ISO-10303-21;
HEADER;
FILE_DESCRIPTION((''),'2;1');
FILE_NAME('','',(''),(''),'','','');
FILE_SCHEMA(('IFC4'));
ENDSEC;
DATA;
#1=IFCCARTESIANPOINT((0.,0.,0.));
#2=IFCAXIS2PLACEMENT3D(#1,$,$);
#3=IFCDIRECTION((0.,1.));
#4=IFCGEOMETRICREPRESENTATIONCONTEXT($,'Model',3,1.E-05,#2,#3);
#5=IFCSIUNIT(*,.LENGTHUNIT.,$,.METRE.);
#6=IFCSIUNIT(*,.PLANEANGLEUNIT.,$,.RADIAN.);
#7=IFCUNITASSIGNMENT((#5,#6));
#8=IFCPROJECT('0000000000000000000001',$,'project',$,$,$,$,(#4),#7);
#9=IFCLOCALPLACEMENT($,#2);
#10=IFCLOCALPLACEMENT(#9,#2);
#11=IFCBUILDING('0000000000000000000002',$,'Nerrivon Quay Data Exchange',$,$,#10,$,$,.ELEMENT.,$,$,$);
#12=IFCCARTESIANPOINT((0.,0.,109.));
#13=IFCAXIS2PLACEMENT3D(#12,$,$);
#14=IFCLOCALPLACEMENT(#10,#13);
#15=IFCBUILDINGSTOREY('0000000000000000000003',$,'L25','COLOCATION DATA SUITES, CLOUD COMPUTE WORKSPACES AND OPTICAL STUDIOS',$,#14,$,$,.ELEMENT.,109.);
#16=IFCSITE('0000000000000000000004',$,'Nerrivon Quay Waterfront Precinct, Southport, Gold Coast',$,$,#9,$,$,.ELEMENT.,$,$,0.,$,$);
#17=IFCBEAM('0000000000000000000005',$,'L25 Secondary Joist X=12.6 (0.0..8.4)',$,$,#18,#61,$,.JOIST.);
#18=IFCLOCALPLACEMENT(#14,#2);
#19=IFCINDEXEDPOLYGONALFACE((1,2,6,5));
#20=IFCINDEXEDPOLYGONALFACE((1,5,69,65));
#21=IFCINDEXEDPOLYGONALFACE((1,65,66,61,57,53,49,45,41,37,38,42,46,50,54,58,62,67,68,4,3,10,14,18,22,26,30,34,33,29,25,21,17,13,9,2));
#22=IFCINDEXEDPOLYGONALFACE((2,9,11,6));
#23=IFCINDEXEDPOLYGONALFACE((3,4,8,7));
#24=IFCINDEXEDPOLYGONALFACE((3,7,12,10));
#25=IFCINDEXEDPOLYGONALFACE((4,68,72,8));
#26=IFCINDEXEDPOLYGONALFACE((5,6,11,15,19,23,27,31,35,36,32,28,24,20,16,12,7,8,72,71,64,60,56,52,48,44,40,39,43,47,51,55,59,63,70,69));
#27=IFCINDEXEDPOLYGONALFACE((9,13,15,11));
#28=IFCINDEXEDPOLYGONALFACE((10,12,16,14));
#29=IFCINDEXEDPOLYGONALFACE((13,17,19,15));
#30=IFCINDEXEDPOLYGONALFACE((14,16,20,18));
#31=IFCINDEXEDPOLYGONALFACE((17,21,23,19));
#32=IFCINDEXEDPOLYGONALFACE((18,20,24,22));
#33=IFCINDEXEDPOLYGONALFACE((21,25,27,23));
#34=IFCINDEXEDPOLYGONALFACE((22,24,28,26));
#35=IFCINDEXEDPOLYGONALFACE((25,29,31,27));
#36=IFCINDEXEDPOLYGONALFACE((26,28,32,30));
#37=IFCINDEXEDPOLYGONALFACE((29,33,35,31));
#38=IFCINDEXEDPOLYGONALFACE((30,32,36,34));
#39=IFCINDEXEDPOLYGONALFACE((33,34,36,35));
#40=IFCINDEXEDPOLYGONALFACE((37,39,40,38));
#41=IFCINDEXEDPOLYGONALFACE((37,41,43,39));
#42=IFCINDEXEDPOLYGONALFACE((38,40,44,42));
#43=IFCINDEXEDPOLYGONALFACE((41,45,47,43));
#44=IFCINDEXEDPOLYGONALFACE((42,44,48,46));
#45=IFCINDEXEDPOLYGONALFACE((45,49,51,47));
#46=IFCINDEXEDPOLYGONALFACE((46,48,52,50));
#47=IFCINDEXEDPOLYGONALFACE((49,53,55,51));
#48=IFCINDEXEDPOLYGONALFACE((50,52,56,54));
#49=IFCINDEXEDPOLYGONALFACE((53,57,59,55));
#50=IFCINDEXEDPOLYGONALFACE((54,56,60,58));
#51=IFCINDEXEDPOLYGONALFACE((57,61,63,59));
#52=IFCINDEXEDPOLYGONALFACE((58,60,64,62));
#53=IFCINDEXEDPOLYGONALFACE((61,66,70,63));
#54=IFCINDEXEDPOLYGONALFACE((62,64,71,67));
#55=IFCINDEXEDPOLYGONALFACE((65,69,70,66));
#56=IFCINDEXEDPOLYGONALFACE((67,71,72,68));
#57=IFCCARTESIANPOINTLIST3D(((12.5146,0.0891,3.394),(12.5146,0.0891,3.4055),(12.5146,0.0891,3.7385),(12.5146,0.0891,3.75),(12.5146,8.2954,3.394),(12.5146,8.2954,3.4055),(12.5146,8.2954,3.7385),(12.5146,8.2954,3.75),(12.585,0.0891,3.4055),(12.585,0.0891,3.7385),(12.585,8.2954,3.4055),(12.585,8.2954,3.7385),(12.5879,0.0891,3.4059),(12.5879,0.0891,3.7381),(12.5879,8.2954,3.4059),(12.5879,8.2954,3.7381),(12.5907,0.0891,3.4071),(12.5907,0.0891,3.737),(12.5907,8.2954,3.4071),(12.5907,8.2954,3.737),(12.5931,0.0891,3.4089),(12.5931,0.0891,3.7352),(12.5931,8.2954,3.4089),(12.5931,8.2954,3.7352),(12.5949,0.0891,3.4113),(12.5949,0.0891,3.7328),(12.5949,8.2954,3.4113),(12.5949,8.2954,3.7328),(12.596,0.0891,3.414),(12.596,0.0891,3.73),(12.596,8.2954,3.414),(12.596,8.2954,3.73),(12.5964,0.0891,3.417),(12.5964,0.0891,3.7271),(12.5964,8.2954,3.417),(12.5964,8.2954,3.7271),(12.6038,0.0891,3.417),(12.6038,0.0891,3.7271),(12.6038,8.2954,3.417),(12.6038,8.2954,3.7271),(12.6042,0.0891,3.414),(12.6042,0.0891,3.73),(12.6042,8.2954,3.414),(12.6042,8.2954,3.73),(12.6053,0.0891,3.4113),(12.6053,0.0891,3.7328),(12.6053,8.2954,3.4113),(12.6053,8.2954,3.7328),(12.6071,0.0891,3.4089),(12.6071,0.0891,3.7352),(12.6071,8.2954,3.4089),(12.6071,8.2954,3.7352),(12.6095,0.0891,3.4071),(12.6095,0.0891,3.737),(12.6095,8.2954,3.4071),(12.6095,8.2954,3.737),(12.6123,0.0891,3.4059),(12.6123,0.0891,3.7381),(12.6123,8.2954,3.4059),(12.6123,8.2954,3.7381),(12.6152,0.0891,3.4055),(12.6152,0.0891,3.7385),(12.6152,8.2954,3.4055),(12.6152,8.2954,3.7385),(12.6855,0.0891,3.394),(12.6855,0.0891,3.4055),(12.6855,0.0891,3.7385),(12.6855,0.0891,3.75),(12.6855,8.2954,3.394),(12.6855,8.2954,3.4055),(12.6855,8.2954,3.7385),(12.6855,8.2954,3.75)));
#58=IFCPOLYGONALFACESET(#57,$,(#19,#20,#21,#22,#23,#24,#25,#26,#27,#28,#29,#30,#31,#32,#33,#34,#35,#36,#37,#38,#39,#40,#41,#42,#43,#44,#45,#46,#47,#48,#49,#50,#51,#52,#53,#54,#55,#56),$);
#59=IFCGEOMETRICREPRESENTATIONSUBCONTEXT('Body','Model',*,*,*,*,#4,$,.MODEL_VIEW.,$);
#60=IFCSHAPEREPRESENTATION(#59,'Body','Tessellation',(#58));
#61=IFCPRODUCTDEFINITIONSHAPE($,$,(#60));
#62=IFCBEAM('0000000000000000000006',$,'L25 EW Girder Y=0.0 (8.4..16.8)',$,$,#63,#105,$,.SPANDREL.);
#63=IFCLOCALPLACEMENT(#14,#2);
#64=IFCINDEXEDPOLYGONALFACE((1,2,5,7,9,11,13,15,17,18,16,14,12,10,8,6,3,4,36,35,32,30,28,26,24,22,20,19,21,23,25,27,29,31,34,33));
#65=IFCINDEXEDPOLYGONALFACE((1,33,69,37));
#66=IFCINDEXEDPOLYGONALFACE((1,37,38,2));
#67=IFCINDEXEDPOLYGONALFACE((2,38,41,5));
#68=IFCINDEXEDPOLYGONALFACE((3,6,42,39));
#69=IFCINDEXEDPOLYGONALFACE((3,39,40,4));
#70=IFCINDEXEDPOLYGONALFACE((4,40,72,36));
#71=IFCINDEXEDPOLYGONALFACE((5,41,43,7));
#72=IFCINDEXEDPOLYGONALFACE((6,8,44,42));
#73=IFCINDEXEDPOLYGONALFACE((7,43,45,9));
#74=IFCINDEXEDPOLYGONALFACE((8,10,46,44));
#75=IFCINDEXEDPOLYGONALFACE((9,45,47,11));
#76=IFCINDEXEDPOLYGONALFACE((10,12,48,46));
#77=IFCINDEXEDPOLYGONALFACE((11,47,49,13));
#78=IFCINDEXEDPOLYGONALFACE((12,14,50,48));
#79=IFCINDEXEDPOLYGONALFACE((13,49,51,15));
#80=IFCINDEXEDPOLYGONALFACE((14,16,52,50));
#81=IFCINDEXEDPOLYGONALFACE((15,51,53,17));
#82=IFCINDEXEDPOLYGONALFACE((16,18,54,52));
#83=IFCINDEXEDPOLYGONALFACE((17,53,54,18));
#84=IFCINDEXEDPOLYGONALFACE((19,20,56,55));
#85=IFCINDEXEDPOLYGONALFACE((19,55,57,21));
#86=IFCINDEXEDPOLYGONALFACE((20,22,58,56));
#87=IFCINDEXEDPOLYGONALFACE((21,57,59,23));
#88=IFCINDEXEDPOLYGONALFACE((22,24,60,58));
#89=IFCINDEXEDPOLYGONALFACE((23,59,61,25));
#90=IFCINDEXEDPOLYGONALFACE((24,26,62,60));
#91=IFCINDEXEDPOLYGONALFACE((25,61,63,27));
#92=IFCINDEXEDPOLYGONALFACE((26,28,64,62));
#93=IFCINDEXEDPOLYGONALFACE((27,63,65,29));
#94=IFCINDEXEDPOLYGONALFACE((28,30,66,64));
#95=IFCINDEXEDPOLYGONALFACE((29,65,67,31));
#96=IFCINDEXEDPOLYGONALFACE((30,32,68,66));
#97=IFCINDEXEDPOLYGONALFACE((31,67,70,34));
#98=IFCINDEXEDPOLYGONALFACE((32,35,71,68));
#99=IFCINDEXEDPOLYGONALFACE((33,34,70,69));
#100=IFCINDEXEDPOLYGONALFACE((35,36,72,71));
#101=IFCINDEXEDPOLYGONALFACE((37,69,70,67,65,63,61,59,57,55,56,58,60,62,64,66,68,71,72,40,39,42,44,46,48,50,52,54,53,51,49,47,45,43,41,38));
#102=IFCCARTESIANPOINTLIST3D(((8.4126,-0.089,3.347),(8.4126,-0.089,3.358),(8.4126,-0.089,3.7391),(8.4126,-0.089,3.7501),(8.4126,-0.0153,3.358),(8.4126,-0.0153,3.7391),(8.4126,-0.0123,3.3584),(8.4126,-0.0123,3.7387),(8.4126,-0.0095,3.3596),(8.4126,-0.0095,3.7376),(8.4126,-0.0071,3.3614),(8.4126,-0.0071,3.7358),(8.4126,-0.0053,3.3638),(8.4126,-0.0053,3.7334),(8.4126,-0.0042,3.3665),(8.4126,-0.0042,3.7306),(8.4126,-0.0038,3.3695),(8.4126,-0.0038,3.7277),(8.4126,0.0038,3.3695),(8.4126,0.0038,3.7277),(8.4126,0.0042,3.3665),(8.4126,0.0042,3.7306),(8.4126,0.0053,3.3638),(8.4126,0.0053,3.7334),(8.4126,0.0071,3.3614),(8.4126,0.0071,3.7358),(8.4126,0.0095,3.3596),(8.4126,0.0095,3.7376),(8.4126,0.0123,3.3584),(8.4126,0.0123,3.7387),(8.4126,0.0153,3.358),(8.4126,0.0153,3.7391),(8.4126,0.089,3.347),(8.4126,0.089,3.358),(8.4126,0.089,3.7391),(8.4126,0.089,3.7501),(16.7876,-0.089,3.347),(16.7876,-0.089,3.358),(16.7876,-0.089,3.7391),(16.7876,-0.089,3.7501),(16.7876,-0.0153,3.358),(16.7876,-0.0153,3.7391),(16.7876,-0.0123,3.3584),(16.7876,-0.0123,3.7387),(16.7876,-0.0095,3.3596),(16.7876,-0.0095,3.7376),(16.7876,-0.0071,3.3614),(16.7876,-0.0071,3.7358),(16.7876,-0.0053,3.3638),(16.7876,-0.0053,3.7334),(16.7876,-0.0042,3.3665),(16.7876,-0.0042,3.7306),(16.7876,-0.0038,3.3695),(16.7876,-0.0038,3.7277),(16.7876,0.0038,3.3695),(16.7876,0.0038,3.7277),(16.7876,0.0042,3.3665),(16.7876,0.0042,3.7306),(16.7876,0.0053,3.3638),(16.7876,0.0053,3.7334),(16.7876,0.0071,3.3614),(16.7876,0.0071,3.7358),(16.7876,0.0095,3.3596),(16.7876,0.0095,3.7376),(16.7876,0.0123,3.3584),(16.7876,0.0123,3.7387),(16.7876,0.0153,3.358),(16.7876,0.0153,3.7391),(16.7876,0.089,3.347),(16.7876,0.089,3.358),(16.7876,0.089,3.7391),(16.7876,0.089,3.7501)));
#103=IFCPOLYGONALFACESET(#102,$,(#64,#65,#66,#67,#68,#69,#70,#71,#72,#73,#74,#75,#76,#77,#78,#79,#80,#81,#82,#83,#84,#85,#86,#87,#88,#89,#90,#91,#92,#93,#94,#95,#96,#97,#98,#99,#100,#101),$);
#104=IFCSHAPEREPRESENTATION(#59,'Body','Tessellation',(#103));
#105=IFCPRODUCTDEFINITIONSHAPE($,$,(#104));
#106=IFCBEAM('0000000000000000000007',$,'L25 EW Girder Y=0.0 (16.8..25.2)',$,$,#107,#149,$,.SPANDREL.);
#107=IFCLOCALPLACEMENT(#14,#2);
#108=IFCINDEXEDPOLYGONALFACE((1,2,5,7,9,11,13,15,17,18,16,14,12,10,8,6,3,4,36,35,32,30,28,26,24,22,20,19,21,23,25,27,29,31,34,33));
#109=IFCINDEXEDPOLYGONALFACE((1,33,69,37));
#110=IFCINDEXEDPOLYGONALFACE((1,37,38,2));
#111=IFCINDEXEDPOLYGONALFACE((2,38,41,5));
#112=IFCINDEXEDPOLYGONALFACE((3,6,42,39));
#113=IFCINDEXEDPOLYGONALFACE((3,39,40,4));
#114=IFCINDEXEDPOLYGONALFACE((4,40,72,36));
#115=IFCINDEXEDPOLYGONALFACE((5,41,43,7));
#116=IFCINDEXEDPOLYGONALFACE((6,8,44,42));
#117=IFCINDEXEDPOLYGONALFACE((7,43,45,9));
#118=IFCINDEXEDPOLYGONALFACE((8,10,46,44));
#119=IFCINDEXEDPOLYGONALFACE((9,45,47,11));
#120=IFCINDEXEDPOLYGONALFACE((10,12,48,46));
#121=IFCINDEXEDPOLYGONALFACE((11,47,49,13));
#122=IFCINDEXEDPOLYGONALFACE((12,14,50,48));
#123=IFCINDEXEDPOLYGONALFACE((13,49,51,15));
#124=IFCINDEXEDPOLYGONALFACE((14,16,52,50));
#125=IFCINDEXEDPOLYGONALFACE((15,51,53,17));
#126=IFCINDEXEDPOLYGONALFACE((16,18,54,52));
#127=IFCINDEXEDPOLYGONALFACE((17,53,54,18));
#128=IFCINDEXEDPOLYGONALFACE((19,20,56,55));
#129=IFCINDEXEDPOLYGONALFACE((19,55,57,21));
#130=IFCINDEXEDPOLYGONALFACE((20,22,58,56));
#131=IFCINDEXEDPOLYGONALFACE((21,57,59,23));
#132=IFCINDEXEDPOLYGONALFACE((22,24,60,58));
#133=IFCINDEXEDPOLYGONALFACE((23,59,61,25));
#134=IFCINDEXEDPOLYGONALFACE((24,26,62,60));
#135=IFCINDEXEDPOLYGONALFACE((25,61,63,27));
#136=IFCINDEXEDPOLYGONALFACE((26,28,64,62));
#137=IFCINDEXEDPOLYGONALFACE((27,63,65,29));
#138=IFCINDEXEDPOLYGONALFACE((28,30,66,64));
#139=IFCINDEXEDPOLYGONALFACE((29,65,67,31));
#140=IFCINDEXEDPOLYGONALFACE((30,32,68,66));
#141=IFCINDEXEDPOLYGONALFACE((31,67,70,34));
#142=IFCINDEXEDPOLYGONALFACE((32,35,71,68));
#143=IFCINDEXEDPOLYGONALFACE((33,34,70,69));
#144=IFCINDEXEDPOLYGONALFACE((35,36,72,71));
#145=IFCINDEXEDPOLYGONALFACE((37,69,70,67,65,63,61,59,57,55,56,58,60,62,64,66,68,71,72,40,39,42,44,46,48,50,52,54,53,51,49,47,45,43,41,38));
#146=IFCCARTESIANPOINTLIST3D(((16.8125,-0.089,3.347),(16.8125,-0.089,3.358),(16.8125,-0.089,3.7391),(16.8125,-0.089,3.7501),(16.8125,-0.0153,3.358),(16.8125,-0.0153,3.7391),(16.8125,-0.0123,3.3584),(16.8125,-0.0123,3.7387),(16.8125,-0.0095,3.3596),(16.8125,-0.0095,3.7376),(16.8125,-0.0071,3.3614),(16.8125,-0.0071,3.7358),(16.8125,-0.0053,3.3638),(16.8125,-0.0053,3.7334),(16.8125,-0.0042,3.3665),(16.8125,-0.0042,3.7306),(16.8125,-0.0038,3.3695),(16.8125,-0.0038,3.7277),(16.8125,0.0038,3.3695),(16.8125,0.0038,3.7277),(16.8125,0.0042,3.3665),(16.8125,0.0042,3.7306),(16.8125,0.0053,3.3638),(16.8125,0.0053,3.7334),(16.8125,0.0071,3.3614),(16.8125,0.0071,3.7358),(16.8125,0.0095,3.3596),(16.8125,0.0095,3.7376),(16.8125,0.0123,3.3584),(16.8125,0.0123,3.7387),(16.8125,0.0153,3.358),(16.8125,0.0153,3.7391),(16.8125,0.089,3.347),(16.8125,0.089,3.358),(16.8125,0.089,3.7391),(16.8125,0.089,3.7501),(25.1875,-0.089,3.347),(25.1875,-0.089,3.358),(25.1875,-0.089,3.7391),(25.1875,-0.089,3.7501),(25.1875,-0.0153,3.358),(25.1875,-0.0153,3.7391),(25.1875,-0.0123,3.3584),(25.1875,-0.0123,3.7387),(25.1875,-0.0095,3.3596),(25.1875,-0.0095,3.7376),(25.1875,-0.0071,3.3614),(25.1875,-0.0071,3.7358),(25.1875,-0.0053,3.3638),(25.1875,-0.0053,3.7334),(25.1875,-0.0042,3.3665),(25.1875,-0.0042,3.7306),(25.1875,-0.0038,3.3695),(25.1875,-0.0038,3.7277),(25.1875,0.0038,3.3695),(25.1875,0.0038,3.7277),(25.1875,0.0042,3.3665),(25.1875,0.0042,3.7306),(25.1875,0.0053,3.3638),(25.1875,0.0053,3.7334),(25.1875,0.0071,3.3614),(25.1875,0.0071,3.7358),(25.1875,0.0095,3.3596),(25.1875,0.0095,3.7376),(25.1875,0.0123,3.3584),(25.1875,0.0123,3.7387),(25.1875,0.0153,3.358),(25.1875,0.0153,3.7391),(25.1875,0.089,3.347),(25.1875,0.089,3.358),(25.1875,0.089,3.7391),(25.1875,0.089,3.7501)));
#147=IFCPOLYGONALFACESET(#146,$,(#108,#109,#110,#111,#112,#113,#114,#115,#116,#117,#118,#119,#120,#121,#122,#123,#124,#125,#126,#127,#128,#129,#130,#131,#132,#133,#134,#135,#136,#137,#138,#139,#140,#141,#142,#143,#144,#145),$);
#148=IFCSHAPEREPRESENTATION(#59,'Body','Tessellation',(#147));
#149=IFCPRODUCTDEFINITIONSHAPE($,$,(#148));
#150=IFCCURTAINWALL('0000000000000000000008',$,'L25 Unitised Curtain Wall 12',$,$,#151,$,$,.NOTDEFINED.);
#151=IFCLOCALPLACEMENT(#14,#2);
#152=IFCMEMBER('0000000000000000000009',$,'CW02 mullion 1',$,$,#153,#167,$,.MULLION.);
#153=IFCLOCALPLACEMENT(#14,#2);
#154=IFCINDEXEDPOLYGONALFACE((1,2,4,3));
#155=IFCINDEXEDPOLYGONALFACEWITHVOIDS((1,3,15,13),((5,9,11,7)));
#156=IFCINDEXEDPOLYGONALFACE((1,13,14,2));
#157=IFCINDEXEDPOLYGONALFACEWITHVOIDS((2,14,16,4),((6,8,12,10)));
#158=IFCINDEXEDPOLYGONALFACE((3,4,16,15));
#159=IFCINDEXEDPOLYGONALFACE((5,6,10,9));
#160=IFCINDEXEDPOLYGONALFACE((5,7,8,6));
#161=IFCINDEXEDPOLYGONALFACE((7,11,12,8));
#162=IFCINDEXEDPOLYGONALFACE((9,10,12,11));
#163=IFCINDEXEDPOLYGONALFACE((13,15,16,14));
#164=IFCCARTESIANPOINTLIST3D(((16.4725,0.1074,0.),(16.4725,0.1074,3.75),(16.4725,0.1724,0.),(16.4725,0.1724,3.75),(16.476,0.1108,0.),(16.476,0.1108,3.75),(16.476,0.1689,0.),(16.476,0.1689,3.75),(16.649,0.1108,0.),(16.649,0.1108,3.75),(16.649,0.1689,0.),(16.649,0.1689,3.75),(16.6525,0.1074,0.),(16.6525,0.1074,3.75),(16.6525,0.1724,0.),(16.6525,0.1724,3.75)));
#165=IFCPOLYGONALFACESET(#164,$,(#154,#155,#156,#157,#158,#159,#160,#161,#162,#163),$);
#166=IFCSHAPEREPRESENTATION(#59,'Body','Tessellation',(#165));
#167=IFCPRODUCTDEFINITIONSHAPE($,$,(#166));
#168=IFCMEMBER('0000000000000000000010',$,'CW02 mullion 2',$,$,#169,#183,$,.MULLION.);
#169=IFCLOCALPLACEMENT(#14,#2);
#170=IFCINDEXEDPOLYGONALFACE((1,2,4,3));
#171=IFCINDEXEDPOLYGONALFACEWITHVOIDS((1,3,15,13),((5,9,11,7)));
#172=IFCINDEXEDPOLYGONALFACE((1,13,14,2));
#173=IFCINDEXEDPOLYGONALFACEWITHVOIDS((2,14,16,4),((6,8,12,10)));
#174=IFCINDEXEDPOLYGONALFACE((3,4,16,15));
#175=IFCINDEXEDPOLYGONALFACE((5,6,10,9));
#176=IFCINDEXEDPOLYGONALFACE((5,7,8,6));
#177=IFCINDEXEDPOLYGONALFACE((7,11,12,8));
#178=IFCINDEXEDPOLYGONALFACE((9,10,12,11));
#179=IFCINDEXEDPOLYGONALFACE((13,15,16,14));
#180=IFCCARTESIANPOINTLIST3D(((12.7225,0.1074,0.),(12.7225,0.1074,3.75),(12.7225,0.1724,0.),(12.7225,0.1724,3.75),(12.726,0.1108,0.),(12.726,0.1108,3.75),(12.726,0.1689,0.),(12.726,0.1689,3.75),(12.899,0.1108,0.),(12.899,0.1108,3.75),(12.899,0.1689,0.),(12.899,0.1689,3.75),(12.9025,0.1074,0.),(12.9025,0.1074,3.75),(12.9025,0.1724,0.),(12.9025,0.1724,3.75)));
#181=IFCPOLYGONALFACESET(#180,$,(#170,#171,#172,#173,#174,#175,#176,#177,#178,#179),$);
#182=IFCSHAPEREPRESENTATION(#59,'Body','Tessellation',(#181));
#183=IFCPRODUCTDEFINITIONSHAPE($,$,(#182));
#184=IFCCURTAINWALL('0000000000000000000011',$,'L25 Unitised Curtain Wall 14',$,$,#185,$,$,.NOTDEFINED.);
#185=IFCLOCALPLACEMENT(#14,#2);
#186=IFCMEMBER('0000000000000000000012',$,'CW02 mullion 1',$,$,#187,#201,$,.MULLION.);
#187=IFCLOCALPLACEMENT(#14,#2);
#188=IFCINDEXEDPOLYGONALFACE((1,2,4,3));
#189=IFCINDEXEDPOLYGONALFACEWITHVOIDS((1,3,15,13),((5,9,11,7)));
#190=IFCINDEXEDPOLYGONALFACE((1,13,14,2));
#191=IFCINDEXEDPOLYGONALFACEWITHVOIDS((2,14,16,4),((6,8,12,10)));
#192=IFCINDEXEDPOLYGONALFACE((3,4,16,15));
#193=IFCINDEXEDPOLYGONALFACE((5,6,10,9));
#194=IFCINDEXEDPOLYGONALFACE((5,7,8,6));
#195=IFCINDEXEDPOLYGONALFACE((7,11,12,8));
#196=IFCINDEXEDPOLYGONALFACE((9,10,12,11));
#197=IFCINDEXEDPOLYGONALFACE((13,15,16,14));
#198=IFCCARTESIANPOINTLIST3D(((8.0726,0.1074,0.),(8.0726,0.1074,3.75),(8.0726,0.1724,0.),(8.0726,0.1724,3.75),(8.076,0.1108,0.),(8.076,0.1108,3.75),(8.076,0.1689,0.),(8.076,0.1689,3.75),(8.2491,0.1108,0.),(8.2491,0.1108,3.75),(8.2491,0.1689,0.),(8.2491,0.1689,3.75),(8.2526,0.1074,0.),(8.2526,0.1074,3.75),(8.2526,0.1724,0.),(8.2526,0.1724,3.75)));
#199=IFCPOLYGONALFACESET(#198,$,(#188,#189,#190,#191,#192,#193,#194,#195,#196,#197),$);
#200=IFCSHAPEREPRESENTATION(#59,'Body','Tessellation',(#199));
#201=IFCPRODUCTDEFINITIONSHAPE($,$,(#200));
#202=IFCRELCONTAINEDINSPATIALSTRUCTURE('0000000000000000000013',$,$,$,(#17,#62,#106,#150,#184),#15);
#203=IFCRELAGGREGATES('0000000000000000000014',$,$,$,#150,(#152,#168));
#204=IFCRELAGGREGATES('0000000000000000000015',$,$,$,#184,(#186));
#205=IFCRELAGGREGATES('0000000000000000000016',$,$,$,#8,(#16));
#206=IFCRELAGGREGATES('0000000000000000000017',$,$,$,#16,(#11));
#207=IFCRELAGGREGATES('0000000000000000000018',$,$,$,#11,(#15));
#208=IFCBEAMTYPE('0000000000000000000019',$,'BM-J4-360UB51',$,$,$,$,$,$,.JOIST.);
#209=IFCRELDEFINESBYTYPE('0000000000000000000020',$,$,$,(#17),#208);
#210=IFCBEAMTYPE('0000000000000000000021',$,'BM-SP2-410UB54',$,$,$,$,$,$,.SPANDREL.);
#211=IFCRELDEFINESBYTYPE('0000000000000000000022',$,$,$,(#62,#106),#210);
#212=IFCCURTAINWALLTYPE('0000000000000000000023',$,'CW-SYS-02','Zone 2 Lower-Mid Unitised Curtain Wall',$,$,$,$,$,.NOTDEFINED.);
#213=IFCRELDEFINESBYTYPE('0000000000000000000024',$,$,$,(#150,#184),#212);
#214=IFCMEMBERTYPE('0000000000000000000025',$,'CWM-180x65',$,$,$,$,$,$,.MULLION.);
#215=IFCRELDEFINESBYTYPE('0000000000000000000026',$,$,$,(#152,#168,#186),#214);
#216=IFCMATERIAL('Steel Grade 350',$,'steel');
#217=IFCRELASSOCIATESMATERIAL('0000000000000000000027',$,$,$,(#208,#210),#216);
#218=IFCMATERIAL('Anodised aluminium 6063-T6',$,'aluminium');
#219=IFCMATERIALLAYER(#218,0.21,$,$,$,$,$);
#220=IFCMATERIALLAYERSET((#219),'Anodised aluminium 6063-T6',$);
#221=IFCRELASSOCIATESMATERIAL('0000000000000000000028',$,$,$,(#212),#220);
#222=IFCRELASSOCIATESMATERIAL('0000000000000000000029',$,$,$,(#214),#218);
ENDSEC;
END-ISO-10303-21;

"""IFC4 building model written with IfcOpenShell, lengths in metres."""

from ifc_helpers import new_model, si_unit, direction, frame, origin, origin_2d, place, context, subcontext, project, spatial, hollow_rectangle, i_section, extrude, material, layer, layer_set, material_profile, profile_set, type_object, element, aggregate, save


model = new_model("IFC4")

# Units and contexts
model_context = context("Model", 3, precision=1e-05, world=origin(), true_north=direction((0.0, 1.0)))
body_context = subcontext(model_context, "Body", "Model", "MODEL_VIEW")
ifc_project = project(units=[si_unit("LENGTHUNIT", "METRE"), si_unit("PLANEANGLEUNIT", "RADIAN")], contexts=[model_context])

# Site, building, storey
site_placement = place(None, origin())
site = spatial("IfcSite", under=ifc_project, at=site_placement, Name="Nerrivon Quay Waterfront Precinct, Southport, Gold Coast", CompositionType="ELEMENT", RefElevation=0.0)
building_placement = place(site_placement, origin())
building = spatial("IfcBuilding", under=site, at=building_placement, Name="Nerrivon Quay Data Exchange", CompositionType="ELEMENT")
storey_placement = place(building_placement, frame((0.0, 0.0, 109.0)))
storey = spatial("IfcBuildingStorey", under=building, at=storey_placement, Name="L25", Description="COLOCATION DATA SUITES, CLOUD COMPUTE WORKSPACES AND OPTICAL STUDIOS", CompositionType="ELEMENT", Elevation=109.0)

# Shared definitions
ifc_material_1 = material(Name="Steel Grade 350", Category="steel")

# Beams
ifc_material_profile_1 = material_profile(ifc_material_1, i_section(OverallWidth=0.1709, OverallDepth=0.356, WebThickness=0.0073, FlangeThickness=0.0115, FilletRadius=0.0115, at=origin_2d()), Name="360UB50.7")
ifc_profile_set_1 = profile_set([ifc_material_profile_1], Name="Steel Grade 350")
beam_type_1 = type_object("IfcBeamType", Name="BM-J4-360UB51", PredefinedType="JOIST", material=ifc_profile_set_1)
beam_1_placement = place(storey_placement, frame((12.6001, 0.0891, 3.572), z_axis=(0.0, 1.0, 0.0), x_axis=(-1.0, 0.0, 0.0)))
element("IfcBeam", 1, at=beam_1_placement, inside=storey, type_object=beam_type_1, Name="L25 Secondary Joist X=12.6 (0.0..8.4)", PredefinedType="JOIST", context=body_context, shape_type="SweptSolid", body=[
    extrude(i_section(OverallWidth=0.1709, OverallDepth=0.356, WebThickness=0.0073, FlangeThickness=0.0115, FilletRadius=0.0115, at=origin_2d()), origin(), (0.0, 0.0, 1.0), 8.2063),
])
ifc_material_profile_2 = material_profile(ifc_material_1, i_section(OverallWidth=0.178, OverallDepth=0.4031, WebThickness=0.0076, FlangeThickness=0.011, FilletRadius=0.0115, at=origin_2d()), Name="410UB53.7")
ifc_profile_set_2 = profile_set([ifc_material_profile_2], Name="Steel Grade 350")
beam_type_2 = type_object("IfcBeamType", Name="BM-SP2-410UB54", PredefinedType="SPANDREL", material=ifc_profile_set_2)
for number, where, z_axis, x_axis, name in (
    (2, (8.4126, 0.0, 3.5486), (1.0, 0.0, 0.0), (0.0, 1.0, 0.0), "L25 EW Girder Y=0.0 (8.4..16.8)"),
    (3, (16.8125, 0.0, 3.5486), (1.0, 0.0, 0.0), (0.0, 1.0, 0.0), "L25 EW Girder Y=0.0 (16.8..25.2)"),
):
    element("IfcBeam", number, at=place(storey_placement, frame(where, z_axis=z_axis, x_axis=x_axis)), inside=storey, type_object=beam_type_2, Name=name, PredefinedType="SPANDREL", context=body_context, shape_type="SweptSolid", body=[
        extrude(i_section(OverallWidth=0.178, OverallDepth=0.4031, WebThickness=0.0076, FlangeThickness=0.011, FilletRadius=0.0115, at=origin_2d()), origin(), (0.0, 0.0, 1.0), 8.375),
    ])

# Curtain walls, members
ifc_material_2 = material(Name="Anodised aluminium 6063-T6", Category="aluminium")
ifc_layer_1 = layer(ifc_material_2, 0.21)
ifc_layer_set_1 = layer_set([ifc_layer_1], Name="Anodised aluminium 6063-T6")
curtain_wall_type = type_object("IfcCurtainWallType", Name="CW-SYS-02", Description="Zone 2 Lower-Mid Unitised Curtain Wall", PredefinedType="NOTDEFINED", material=ifc_layer_set_1)
curtain_wall_1_placement = place(storey_placement, origin())
curtain_wall_1 = element("IfcCurtainWall", 4, at=curtain_wall_1_placement, inside=storey, type_object=curtain_wall_type, Name="L25 Unitised Curtain Wall 12", PredefinedType="NOTDEFINED")
ifc_material_profile_3 = material_profile(ifc_material_2, hollow_rectangle(XDim=0.0649, YDim=0.1799, WallThickness=0.0034, at=origin_2d()), Name="ALU-MULL-180x65")
ifc_profile_set_3 = profile_set([ifc_material_profile_3], Name="Anodised aluminium 6063-T6")
member_type_1 = type_object("IfcMemberType", Name="CWM-180x65", PredefinedType="MULLION", material=ifc_profile_set_3)
member_1_placement = place(storey_placement, frame((16.5625, 0.1399, 0.0), z_axis=(0.0, 0.0, 1.0), x_axis=(0.0, -1.0, 0.0)))
member_1 = element("IfcMember", 5, at=member_1_placement, type_object=member_type_1, Name="CW02 mullion 1", PredefinedType="MULLION", context=body_context, shape_type="SweptSolid", body=[
    extrude(hollow_rectangle(XDim=0.0649, YDim=0.1799, WallThickness=0.0034, at=origin_2d()), origin(), (0.0, 0.0, 1.0), 3.75),
])
member_2_placement = place(storey_placement, frame((12.8125, 0.1399, 0.0), z_axis=(0.0, 0.0, 1.0), x_axis=(0.0, -1.0, 0.0)))
member_2 = element("IfcMember", 6, at=member_2_placement, type_object=member_type_1, Name="CW02 mullion 2", PredefinedType="MULLION", context=body_context, shape_type="SweptSolid", body=[
    extrude(hollow_rectangle(XDim=0.0649, YDim=0.1799, WallThickness=0.0034, at=origin_2d()), origin(), (0.0, 0.0, 1.0), 3.75),
])
curtain_wall_2_placement = place(storey_placement, origin())
curtain_wall_2 = element("IfcCurtainWall", 7, at=curtain_wall_2_placement, inside=storey, type_object=curtain_wall_type, Name="L25 Unitised Curtain Wall 14", PredefinedType="NOTDEFINED")
member_3_placement = place(storey_placement, frame((8.1626, 0.1399, 0.0), z_axis=(0.0, 0.0, 1.0), x_axis=(0.0, -1.0, 0.0)))
member_3 = element("IfcMember", 8, at=member_3_placement, type_object=member_type_1, Name="CW02 mullion 1", PredefinedType="MULLION", context=body_context, shape_type="SweptSolid", body=[
    extrude(hollow_rectangle(XDim=0.0649, YDim=0.1799, WallThickness=0.0034, at=origin_2d()), origin(), (0.0, 0.0, 1.0), 3.75),
])

aggregate(curtain_wall_1, [member_1, member_2])
aggregate(curtain_wall_2, [member_3])

save(model, "model.ifc")
